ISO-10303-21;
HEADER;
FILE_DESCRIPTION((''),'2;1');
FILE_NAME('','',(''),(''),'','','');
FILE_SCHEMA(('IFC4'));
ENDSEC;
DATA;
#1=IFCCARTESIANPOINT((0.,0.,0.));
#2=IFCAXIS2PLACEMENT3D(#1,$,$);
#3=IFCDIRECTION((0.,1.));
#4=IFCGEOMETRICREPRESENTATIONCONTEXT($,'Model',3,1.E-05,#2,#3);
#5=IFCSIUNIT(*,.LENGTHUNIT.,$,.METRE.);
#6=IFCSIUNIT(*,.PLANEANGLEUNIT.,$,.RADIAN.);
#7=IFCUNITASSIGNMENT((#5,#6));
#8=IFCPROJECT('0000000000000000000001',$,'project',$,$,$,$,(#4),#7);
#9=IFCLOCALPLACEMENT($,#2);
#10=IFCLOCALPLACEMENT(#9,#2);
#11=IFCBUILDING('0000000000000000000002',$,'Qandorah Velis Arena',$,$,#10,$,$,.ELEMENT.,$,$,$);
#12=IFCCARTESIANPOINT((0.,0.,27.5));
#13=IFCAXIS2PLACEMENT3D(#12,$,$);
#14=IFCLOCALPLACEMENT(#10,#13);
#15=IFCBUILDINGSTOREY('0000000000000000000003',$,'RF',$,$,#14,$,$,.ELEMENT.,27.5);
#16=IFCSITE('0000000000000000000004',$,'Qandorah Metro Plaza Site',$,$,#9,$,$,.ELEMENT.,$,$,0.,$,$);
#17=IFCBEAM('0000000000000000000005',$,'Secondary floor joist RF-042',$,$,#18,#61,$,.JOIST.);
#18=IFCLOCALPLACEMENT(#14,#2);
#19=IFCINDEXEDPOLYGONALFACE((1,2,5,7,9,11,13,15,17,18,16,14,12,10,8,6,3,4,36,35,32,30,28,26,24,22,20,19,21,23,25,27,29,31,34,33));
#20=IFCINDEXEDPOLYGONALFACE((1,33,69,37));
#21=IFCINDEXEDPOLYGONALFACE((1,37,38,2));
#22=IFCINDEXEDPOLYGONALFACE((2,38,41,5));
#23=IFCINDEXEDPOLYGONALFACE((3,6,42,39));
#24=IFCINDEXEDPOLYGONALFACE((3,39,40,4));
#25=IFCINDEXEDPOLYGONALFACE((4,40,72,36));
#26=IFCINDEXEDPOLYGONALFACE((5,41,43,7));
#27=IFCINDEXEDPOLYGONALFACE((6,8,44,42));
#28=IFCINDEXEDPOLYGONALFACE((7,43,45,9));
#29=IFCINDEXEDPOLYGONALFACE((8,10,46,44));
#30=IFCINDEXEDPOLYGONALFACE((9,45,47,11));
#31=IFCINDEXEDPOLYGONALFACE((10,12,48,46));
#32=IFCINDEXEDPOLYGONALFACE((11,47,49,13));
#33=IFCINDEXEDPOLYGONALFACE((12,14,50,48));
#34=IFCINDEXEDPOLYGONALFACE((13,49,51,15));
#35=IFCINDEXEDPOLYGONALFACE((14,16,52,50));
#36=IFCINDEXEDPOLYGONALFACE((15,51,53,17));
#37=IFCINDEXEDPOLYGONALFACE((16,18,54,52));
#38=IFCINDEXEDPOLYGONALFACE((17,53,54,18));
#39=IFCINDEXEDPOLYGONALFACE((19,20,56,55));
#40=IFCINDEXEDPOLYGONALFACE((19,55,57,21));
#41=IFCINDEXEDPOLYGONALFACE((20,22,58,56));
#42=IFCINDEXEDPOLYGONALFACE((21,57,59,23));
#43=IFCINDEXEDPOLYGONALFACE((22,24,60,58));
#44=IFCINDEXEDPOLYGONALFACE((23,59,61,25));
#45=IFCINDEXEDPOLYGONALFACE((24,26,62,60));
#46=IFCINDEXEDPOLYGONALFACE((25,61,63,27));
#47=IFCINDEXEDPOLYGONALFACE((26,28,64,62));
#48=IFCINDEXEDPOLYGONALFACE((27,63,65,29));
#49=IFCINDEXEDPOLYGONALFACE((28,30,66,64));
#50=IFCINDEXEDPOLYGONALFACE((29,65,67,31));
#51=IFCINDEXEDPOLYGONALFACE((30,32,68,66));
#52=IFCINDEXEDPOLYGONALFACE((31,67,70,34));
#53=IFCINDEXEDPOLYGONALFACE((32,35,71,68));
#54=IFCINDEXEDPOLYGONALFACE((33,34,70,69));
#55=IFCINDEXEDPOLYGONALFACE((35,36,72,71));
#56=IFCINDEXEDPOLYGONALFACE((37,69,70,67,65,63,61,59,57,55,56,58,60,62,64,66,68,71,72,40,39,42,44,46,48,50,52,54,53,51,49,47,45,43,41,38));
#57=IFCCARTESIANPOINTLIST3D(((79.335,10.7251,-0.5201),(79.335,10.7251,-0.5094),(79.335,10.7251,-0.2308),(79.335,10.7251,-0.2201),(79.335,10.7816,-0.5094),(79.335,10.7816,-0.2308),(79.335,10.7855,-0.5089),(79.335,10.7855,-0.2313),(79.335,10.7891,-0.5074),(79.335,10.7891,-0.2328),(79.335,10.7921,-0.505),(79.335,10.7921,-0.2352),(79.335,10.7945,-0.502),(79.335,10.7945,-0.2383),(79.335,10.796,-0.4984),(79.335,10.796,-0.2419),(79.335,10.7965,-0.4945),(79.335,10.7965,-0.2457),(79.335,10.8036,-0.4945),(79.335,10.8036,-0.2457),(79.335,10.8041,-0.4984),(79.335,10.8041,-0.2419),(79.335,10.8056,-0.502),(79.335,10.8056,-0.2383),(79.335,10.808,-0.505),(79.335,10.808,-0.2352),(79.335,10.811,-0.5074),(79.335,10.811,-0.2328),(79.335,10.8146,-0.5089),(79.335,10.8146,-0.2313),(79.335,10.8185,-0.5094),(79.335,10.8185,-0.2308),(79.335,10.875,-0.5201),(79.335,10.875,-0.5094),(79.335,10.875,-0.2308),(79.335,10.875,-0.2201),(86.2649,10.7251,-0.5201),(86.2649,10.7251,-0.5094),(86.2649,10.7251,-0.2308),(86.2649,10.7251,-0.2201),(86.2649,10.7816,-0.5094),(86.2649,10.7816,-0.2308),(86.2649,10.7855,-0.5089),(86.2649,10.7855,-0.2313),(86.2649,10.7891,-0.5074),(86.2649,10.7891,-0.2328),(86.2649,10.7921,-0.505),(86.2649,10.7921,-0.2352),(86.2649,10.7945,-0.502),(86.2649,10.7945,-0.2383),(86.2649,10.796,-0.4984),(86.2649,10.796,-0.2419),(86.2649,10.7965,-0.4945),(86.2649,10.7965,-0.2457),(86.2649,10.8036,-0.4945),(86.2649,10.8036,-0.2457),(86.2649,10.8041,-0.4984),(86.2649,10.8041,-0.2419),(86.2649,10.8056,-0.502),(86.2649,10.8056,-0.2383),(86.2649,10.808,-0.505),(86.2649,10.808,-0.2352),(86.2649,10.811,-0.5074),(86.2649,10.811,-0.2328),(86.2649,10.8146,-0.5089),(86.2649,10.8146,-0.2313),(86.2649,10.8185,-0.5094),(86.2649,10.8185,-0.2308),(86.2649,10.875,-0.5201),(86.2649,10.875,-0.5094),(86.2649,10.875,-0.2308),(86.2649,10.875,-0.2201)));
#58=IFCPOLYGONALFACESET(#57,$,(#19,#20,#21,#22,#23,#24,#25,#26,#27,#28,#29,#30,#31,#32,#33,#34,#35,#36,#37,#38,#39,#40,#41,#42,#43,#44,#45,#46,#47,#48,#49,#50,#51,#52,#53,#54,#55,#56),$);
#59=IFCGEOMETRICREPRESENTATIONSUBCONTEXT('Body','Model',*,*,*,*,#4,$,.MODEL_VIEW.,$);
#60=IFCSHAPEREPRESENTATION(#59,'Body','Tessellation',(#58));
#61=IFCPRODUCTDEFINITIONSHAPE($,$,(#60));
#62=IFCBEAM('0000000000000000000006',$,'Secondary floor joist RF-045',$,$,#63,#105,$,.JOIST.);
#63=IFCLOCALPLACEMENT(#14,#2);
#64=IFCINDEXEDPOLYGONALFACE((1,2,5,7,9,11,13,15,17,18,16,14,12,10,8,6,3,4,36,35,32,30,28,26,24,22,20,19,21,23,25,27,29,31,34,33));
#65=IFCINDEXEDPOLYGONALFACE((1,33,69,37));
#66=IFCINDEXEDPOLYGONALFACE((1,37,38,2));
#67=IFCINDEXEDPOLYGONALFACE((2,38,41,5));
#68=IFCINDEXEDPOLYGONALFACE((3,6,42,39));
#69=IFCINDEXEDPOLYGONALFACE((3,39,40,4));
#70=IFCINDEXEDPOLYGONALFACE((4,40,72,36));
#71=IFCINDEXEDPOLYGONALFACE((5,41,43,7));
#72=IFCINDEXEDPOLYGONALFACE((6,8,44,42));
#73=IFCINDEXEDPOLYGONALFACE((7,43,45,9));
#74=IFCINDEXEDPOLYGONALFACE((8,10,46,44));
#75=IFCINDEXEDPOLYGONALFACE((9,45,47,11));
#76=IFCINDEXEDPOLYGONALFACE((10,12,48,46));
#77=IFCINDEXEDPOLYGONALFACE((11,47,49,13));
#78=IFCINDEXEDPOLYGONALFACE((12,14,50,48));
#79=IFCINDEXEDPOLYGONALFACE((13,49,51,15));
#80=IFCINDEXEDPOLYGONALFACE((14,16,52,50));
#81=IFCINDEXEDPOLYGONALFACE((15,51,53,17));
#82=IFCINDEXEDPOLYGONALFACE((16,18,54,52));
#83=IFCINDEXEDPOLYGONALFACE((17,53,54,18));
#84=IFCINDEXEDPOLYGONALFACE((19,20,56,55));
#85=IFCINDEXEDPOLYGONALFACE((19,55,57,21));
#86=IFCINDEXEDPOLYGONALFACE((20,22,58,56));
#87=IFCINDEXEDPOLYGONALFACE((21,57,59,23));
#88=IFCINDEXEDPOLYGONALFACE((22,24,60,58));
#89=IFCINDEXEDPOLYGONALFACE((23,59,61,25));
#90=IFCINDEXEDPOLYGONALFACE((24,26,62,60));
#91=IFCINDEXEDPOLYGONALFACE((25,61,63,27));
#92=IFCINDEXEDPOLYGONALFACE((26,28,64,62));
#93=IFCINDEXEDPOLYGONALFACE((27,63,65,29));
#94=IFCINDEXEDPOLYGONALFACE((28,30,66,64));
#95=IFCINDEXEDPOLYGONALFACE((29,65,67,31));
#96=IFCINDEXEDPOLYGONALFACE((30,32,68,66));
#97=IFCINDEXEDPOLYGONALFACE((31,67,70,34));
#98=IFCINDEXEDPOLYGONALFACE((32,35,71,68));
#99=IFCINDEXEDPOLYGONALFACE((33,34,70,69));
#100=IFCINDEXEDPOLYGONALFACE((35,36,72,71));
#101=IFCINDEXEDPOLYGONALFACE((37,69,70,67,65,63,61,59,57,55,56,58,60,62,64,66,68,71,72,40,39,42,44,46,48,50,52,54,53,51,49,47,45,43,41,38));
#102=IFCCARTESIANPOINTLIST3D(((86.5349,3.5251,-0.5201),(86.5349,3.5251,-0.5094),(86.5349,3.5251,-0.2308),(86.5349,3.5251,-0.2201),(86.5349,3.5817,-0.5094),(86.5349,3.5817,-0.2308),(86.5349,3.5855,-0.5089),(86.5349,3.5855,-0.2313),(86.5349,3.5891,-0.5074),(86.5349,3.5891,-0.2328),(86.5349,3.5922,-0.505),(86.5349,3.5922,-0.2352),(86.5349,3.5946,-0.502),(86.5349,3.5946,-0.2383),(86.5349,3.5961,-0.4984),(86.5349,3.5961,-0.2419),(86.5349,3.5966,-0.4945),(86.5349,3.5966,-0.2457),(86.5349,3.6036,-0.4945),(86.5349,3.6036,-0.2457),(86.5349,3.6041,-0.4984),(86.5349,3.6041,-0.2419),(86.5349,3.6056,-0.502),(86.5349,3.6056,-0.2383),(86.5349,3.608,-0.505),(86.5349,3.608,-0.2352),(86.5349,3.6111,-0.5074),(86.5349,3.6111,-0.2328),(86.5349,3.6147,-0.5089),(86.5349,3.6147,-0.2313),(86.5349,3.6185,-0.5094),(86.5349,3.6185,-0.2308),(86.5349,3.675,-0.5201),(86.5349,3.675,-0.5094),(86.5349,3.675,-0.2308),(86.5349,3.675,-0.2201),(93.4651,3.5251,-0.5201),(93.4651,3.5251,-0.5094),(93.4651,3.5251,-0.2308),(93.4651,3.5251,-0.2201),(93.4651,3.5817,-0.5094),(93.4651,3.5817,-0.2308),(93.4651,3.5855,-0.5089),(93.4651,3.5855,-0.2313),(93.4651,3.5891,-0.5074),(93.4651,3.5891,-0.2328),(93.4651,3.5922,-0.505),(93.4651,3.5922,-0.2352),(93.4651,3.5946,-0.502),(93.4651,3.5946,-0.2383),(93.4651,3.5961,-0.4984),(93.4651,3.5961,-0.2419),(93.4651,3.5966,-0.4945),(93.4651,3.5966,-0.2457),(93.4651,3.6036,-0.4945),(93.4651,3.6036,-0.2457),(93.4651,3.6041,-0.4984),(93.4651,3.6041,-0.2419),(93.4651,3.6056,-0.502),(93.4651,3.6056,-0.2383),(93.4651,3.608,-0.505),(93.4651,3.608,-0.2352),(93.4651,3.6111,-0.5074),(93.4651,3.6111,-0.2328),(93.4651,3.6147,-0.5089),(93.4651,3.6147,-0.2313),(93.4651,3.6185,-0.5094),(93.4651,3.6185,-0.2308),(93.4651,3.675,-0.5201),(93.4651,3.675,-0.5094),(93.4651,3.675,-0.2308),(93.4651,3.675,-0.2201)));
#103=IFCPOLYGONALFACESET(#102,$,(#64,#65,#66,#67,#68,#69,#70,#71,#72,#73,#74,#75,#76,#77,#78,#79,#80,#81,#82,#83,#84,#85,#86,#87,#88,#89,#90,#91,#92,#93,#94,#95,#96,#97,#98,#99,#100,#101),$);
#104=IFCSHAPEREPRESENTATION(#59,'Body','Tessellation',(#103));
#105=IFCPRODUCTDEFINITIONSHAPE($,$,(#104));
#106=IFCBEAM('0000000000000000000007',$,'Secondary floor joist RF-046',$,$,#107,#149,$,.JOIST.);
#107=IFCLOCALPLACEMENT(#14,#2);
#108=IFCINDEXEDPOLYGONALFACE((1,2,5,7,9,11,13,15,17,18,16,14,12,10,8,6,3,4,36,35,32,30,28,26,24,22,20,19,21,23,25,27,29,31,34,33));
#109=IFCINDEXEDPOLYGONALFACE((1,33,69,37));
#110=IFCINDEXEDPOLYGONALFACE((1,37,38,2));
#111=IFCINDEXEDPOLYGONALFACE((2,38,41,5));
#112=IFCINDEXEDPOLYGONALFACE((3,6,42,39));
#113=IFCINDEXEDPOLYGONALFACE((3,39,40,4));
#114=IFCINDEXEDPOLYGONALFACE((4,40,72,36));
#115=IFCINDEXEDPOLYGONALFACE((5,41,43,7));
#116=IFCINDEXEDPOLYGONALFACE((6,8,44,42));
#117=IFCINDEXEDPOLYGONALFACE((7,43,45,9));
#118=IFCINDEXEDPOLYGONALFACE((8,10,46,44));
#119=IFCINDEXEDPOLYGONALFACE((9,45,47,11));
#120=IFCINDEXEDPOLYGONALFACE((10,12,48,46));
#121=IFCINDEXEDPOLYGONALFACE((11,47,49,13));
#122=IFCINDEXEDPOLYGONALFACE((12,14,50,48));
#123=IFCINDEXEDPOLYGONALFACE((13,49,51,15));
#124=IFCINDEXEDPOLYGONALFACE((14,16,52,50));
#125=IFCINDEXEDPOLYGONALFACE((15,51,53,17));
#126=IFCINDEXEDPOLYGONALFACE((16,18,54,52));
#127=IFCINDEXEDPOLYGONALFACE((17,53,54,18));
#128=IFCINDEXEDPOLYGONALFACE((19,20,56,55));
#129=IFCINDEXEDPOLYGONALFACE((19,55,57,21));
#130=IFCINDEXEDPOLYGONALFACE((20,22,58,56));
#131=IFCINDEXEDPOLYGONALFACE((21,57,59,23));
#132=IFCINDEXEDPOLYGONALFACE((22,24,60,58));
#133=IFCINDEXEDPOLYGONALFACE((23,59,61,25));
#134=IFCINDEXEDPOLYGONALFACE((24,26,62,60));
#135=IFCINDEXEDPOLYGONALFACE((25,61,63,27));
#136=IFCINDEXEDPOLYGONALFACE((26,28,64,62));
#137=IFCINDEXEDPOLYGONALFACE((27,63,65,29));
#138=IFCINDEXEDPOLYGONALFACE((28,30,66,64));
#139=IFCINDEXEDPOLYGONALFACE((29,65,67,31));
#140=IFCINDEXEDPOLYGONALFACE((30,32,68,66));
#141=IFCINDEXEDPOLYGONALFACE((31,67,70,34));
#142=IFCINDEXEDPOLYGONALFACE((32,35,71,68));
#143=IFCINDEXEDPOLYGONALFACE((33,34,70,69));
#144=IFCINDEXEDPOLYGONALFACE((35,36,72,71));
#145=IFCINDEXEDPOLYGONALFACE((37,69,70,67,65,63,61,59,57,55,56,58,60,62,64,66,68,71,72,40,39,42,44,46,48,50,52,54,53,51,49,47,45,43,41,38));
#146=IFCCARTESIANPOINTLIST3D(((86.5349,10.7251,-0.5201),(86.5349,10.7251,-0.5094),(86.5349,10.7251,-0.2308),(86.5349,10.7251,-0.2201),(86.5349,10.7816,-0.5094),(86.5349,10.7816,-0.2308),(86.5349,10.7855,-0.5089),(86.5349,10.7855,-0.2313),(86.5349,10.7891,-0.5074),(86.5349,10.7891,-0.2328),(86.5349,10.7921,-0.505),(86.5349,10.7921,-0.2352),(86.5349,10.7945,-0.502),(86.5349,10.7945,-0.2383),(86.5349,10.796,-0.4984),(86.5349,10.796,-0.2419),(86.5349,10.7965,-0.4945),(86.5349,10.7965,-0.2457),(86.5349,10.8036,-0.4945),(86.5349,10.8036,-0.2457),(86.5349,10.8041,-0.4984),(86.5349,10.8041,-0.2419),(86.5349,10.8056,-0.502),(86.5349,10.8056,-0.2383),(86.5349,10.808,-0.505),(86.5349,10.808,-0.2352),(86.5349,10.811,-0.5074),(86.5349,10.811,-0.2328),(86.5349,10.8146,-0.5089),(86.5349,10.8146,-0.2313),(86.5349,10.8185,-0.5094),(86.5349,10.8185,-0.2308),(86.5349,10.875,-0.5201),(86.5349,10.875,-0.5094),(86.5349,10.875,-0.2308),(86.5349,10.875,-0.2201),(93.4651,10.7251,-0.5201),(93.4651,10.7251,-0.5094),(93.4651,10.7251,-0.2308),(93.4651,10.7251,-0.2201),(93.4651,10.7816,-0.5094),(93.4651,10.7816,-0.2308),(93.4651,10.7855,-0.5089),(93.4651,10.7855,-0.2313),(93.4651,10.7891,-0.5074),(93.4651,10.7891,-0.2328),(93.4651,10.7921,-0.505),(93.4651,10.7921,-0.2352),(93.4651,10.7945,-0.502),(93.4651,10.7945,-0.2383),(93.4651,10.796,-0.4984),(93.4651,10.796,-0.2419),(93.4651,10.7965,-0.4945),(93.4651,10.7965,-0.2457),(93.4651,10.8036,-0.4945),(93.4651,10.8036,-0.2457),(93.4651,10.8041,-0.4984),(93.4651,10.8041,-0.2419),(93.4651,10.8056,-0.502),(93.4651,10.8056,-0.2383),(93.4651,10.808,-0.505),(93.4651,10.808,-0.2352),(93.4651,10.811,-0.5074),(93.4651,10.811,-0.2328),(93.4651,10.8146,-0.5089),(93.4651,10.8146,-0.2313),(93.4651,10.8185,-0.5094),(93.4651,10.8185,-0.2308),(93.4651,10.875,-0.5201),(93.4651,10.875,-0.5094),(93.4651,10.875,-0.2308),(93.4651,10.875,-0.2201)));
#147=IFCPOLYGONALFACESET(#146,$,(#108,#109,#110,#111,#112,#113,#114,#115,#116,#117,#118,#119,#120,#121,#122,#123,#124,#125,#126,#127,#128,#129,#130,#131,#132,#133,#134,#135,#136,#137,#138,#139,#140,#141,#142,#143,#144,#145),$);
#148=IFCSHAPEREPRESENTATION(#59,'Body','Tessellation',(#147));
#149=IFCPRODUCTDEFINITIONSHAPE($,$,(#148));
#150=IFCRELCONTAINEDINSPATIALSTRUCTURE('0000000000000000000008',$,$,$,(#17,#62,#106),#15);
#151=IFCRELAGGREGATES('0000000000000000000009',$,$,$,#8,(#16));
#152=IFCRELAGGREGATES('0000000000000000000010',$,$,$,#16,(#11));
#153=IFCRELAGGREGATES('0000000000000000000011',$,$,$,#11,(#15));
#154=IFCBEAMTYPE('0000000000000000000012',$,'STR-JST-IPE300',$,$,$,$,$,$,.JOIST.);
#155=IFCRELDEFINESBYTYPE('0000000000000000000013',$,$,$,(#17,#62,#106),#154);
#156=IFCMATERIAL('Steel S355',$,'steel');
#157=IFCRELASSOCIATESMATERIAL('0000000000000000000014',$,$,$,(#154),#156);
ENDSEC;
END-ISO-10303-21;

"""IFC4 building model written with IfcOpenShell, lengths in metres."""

from ifc_helpers import new_model, si_unit, direction, frame, origin, origin_2d, place, context, subcontext, project, spatial, i_section, extrude, material, material_profile, profile_set, type_object, element, save


model = new_model("IFC4")

# Units and contexts
model_context = context("Model", 3, precision=1e-05, world=origin(), true_north=direction((0.0, 1.0)))
body_context = subcontext(model_context, "Body", "Model", "MODEL_VIEW")
ifc_project = project(units=[si_unit("LENGTHUNIT", "METRE"), si_unit("PLANEANGLEUNIT", "RADIAN")], contexts=[model_context])

# Site, building, storey
site_placement = place(None, origin())
site = spatial("IfcSite", under=ifc_project, at=site_placement, Name="Qandorah Metro Plaza Site", CompositionType="ELEMENT", RefElevation=0.0)
building_placement = place(site_placement, origin())
building = spatial("IfcBuilding", under=site, at=building_placement, Name="Qandorah Velis Arena", CompositionType="ELEMENT")
storey_placement = place(building_placement, frame((0.0, 0.0, 27.5)))
storey = spatial("IfcBuildingStorey", under=building, at=storey_placement, Name="RF", CompositionType="ELEMENT", Elevation=27.5)

# Beams
ifc_material_1 = material(Name="Steel S355", Category="steel")
ifc_material_profile_1 = material_profile(ifc_material_1, i_section(OverallWidth=0.1499, OverallDepth=0.3, WebThickness=0.0071, FlangeThickness=0.0107, FilletRadius=0.0149, at=origin_2d()), Name="IPE 300")
ifc_profile_set_1 = profile_set([ifc_material_profile_1], Name="Steel S355")
beam_type_1 = type_object("IfcBeamType", Name="STR-JST-IPE300", PredefinedType="JOIST", material=ifc_profile_set_1)
for number, where, z_axis, x_axis, name in (
    (1, (79.335, 10.8, -0.3701), (1.0, 0.0, 0.0), (0.0, 1.0, 0.0), "Secondary floor joist RF-042"),
):
    element("IfcBeam", number, at=place(storey_placement, frame(where, z_axis=z_axis, x_axis=x_axis)), inside=storey, type_object=beam_type_1, Name=name, PredefinedType="JOIST", context=body_context, shape_type="SweptSolid", body=[
        extrude(i_section(OverallWidth=0.1499, OverallDepth=0.3, WebThickness=0.0071, FlangeThickness=0.0107, FilletRadius=0.0149, at=origin_2d()), origin(), (0.0, 0.0, 1.0), 6.9299),
    ])
for number, where, z_axis, x_axis, name in (
    (2, (86.5349, 3.6001, -0.3701), (1.0, 0.0, 0.0), (0.0, 1.0, 0.0), "Secondary floor joist RF-045"),
    (3, (86.5349, 10.8, -0.3701), (1.0, 0.0, 0.0), (0.0, 1.0, 0.0), "Secondary floor joist RF-046"),
):
    element("IfcBeam", number, at=place(storey_placement, frame(where, z_axis=z_axis, x_axis=x_axis)), inside=storey, type_object=beam_type_1, Name=name, PredefinedType="JOIST", context=body_context, shape_type="SweptSolid", body=[
        extrude(i_section(OverallWidth=0.1499, OverallDepth=0.3, WebThickness=0.0071, FlangeThickness=0.0107, FilletRadius=0.0149, at=origin_2d()), origin(), (0.0, 0.0, 1.0), 6.9302),
    ])

save(model, "model.ifc")
